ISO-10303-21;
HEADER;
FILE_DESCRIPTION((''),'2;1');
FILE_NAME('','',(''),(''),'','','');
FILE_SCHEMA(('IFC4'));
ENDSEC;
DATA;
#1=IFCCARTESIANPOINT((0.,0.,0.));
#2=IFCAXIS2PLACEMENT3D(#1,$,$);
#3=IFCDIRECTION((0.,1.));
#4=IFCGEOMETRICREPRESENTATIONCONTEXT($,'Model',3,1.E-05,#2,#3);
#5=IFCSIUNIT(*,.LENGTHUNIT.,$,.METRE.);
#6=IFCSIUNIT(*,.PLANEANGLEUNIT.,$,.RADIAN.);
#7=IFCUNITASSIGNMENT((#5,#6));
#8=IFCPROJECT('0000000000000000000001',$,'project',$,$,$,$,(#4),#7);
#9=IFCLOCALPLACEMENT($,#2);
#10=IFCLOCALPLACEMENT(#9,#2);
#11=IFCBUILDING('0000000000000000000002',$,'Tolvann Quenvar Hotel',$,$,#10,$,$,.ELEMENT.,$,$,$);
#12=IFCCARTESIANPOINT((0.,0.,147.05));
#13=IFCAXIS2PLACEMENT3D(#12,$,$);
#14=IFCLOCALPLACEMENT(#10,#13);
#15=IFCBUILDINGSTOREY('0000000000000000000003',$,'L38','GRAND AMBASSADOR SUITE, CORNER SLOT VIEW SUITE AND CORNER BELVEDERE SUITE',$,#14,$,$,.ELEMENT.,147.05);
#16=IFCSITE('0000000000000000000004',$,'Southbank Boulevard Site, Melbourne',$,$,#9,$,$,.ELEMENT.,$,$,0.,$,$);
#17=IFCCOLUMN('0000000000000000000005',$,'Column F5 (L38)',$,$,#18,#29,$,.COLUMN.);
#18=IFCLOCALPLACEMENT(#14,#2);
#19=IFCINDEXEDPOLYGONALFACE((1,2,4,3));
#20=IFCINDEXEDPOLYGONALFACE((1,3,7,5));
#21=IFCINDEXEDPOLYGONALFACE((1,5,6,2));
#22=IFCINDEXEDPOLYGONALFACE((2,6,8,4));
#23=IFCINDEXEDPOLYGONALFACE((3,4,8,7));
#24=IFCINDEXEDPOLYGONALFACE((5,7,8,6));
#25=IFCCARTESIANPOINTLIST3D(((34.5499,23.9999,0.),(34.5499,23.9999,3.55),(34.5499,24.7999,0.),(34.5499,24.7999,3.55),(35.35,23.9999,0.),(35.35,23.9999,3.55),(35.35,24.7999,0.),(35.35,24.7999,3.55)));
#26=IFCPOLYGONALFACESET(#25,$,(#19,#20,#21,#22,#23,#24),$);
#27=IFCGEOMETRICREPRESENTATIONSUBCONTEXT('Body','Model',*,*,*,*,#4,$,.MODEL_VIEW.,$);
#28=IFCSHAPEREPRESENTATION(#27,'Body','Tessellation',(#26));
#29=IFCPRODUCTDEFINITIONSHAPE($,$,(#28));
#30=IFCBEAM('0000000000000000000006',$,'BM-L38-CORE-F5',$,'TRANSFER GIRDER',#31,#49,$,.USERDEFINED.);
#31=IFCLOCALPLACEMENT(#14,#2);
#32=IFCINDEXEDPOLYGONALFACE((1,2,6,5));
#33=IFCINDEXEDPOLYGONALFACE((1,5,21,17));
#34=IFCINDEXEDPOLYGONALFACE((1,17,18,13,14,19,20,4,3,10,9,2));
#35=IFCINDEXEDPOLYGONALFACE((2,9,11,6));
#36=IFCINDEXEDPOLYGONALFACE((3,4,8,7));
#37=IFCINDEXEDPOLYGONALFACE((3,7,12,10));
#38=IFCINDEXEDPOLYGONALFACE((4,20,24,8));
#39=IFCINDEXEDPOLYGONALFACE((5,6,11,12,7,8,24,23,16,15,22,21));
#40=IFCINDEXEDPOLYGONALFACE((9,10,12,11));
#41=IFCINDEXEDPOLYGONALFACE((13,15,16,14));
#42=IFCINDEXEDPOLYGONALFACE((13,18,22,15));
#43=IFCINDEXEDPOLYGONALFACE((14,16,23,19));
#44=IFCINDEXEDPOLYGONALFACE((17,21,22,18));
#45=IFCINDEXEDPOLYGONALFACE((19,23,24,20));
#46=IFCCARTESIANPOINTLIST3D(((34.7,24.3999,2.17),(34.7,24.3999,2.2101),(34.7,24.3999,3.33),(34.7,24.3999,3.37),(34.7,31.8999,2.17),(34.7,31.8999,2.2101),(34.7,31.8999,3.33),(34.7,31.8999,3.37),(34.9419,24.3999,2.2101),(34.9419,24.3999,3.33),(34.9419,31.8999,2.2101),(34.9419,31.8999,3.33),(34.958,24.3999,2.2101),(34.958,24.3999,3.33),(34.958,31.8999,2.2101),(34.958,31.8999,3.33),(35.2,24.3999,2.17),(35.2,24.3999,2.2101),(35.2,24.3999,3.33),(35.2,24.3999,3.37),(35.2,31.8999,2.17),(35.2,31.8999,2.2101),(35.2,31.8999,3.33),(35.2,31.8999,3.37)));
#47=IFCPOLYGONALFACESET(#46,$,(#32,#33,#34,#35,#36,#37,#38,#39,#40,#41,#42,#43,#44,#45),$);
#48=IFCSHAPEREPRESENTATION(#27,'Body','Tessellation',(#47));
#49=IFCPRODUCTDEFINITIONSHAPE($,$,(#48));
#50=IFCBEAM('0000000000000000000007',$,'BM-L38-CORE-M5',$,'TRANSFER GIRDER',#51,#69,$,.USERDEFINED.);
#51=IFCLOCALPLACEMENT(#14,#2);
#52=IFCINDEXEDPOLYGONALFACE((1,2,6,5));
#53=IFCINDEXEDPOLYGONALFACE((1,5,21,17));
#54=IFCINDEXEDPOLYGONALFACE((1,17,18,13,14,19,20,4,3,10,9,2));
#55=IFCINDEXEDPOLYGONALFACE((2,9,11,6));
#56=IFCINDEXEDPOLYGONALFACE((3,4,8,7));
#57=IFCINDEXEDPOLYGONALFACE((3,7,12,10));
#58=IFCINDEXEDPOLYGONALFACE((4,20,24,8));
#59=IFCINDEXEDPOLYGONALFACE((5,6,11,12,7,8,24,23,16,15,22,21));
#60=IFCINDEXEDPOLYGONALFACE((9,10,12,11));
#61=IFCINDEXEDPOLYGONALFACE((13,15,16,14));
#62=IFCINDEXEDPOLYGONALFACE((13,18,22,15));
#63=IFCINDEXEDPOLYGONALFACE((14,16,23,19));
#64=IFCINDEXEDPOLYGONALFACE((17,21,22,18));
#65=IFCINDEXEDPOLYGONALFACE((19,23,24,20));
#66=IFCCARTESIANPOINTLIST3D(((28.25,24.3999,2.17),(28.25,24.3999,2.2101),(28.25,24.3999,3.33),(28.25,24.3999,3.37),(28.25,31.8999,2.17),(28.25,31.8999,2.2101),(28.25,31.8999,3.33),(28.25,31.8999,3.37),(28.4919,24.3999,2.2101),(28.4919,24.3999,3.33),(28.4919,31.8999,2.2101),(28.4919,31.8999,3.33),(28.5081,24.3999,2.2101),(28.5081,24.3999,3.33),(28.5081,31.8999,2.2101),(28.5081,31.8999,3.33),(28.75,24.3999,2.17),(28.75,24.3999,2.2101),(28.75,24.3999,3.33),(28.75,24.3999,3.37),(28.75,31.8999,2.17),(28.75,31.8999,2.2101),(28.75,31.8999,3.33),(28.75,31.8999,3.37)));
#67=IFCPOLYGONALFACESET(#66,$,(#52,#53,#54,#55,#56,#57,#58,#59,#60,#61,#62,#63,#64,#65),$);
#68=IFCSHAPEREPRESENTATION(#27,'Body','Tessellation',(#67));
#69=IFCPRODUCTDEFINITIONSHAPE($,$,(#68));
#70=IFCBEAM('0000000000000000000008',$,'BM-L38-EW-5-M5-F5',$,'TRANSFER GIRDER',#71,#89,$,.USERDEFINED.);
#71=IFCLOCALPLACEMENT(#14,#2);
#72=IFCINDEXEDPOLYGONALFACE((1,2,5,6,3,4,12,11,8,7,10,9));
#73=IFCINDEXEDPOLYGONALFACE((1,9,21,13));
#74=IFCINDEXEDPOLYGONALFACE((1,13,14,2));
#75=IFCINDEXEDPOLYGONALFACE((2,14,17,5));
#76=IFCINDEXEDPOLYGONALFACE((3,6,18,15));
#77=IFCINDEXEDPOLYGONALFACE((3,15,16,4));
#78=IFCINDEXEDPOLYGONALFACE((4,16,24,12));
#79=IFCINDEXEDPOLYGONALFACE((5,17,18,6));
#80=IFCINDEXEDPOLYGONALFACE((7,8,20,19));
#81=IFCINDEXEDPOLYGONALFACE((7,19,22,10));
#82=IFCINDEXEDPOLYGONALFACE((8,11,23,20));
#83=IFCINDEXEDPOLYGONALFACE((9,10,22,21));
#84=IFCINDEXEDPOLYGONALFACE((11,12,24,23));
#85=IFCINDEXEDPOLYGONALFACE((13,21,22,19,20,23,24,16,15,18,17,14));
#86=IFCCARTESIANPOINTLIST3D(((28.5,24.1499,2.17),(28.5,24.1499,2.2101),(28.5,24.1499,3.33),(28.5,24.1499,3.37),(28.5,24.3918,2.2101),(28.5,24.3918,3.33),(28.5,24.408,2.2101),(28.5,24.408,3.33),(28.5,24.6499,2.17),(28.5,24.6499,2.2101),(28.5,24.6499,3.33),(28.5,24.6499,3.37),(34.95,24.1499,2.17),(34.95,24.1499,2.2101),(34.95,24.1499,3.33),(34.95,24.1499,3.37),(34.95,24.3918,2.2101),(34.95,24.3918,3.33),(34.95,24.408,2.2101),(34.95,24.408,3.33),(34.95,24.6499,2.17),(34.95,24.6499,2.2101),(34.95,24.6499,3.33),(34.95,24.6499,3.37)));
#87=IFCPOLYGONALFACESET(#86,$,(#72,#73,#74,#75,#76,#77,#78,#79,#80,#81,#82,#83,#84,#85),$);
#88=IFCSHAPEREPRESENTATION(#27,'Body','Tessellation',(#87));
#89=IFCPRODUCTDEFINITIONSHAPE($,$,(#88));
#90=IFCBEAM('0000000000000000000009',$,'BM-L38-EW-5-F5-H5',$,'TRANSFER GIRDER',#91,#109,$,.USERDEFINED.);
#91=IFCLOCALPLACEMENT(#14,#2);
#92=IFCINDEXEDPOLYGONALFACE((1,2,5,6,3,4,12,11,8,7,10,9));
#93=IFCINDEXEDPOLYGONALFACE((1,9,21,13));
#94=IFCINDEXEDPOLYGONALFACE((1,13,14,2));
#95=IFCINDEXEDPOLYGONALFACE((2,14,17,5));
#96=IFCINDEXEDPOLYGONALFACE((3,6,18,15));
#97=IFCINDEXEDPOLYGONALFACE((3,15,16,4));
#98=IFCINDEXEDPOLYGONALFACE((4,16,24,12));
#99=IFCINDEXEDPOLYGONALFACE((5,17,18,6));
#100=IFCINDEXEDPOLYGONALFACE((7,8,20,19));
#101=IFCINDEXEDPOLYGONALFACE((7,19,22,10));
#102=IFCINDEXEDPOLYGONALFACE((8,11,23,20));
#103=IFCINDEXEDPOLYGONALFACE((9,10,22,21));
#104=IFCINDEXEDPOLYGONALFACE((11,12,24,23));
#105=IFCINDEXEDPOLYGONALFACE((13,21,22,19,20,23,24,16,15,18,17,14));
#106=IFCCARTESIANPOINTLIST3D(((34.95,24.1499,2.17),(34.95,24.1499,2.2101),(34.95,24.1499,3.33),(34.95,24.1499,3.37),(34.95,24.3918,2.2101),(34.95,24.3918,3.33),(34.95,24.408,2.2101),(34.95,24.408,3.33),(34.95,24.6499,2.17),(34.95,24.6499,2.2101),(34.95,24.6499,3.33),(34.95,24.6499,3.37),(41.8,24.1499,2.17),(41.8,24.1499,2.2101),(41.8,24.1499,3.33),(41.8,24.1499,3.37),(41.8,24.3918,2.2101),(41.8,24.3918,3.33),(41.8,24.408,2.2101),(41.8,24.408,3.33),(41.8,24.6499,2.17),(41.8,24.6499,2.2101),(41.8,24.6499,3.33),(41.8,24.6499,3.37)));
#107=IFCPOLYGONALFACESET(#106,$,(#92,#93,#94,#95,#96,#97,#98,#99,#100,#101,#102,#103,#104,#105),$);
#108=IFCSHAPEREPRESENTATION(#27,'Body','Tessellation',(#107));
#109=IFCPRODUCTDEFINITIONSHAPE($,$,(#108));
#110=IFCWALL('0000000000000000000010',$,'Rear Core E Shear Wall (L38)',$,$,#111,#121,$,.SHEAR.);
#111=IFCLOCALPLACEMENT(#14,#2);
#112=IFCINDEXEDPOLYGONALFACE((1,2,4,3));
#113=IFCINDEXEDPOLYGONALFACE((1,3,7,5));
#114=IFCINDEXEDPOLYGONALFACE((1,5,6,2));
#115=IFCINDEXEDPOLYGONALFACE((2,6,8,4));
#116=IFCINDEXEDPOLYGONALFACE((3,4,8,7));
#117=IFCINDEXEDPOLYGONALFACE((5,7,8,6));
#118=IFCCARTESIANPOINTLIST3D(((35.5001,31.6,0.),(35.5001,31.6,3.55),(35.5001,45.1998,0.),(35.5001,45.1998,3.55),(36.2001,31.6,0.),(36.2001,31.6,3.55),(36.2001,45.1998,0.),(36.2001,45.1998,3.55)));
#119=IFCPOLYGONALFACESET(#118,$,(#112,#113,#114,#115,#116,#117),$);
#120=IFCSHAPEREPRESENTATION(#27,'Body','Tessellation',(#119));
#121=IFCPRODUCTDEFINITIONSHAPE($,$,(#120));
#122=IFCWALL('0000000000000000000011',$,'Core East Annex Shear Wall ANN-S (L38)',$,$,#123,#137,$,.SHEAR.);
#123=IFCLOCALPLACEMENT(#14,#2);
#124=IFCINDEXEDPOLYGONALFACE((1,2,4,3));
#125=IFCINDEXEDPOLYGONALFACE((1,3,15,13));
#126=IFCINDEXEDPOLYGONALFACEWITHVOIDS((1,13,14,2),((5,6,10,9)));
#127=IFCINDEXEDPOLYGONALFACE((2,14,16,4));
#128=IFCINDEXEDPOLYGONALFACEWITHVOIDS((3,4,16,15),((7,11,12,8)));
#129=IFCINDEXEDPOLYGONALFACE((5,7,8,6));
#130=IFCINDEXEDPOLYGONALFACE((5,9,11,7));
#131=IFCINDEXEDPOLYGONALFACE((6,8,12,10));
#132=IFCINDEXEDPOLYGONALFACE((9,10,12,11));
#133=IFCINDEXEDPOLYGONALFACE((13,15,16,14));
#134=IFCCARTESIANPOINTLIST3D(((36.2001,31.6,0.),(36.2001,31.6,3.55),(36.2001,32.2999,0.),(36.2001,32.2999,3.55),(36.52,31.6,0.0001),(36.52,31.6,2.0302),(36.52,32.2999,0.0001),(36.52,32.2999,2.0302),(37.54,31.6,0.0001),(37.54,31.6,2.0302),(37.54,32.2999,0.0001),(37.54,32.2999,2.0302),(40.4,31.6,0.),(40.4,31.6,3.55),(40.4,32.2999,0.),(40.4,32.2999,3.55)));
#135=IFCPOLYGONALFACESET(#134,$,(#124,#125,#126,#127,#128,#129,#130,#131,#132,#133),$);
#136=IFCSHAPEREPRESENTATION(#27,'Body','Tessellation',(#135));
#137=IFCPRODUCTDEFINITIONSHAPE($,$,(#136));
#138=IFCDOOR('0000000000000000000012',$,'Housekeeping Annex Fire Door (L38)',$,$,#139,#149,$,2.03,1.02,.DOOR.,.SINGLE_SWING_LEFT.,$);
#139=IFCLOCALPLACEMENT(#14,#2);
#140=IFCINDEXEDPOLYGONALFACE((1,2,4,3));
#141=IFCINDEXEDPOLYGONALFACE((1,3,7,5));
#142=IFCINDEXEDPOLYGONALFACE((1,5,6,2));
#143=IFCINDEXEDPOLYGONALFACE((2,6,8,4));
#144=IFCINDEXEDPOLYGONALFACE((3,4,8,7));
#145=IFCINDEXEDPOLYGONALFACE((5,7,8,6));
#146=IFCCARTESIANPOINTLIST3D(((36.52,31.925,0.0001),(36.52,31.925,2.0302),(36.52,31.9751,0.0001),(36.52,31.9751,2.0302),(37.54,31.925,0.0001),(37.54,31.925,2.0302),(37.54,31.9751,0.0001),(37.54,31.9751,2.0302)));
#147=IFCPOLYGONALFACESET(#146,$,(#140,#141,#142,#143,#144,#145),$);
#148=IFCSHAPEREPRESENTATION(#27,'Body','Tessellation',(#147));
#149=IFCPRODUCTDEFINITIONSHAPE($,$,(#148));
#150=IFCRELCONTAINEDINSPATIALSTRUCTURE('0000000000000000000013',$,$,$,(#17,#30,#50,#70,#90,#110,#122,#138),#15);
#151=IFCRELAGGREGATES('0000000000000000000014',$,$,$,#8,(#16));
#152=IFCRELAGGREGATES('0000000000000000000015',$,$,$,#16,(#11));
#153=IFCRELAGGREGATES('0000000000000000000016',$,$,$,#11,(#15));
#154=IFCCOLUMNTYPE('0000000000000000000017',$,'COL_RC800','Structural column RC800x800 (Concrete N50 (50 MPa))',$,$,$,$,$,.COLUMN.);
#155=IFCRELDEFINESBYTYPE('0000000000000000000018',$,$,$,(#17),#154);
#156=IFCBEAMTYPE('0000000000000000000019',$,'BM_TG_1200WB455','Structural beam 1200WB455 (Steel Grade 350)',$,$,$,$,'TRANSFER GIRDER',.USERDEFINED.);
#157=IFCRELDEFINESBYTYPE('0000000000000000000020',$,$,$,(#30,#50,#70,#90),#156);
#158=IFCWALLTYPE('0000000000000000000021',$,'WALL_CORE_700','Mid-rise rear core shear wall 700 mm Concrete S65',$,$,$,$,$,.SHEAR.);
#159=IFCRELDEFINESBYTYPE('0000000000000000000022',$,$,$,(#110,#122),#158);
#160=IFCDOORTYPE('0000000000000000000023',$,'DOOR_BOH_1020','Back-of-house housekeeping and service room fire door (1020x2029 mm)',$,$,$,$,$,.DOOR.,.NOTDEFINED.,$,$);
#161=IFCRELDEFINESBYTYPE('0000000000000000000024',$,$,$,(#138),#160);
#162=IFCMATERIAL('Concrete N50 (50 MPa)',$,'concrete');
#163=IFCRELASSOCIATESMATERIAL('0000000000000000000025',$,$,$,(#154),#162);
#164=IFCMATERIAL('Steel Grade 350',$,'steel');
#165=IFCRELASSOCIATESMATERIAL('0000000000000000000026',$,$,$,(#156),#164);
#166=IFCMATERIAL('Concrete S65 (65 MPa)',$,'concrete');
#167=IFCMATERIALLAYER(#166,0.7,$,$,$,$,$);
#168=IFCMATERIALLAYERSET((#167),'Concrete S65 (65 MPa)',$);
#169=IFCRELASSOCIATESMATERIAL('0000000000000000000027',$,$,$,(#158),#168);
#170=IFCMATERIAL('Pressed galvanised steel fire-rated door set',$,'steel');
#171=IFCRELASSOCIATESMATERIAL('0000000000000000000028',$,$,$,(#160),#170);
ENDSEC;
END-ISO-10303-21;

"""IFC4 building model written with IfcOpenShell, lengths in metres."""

from ifc_helpers import new_model, si_unit, direction, frame, frame_2d, origin, origin_2d, place, context, subcontext, project, spatial, rectangle, i_section, extrude, source, transform, mapped, material, layer, layer_set, material_profile, profile_set, type_object, type_shapes, element, fill, save


model = new_model("IFC4")

# Units and contexts
model_context = context("Model", 3, precision=1e-05, world=origin(), true_north=direction((0.0, 1.0)))
body_context = subcontext(model_context, "Body", "Model", "MODEL_VIEW")
ifc_project = project(units=[si_unit("LENGTHUNIT", "METRE"), si_unit("PLANEANGLEUNIT", "RADIAN")], contexts=[model_context])

# Site, building, storey
site_placement = place(None, origin())
site = spatial("IfcSite", under=ifc_project, at=site_placement, Name="Southbank Boulevard Site, Melbourne", CompositionType="ELEMENT", RefElevation=0.0)
building_placement = place(site_placement, origin())
building = spatial("IfcBuilding", under=site, at=building_placement, Name="Tolvann Quenvar Hotel", CompositionType="ELEMENT")
storey_placement = place(building_placement, frame((0.0, 0.0, 147.05)))
storey = spatial("IfcBuildingStorey", under=building, at=storey_placement, Name="L38", Description="GRAND AMBASSADOR SUITE, CORNER SLOT VIEW SUITE AND CORNER BELVEDERE SUITE", CompositionType="ELEMENT", Elevation=147.05)

# Column
ifc_material_1 = material(Name="Concrete N50 (50 MPa)", Category="concrete")
ifc_material_profile_1 = material_profile(ifc_material_1, rectangle(XDim=0.8, YDim=0.8, at=origin_2d()), Name="RC800x800")
ifc_profile_set_1 = profile_set([ifc_material_profile_1], Name="Concrete N50 (50 MPa)")
column_type = type_object("IfcColumnType", Name="COL_RC800", Description="Structural column RC800x800 (Concrete N50 (50 MPa))", PredefinedType="COLUMN", material=ifc_profile_set_1)
shared_shape_1 = source(origin(), body_context, "Body", "SweptSolid", [
    extrude(rectangle(XDim=0.8, YDim=0.8, at=origin_2d()), origin(), (0.0, 0.0, 1.0), 3.55),
])
type_shapes(column_type, [shared_shape_1])
column_placement = place(storey_placement, frame((34.95, 24.3999, 0.0), z_axis=(0.0, 0.0, 1.0), x_axis=(1.0, 0.0, 0.0)))
element("IfcColumn", 1, at=column_placement, inside=storey, type_object=column_type, Name="Column F5 (L38)", PredefinedType="COLUMN", context=body_context, shape_type="MappedRepresentation", body=[
    mapped(shared_shape_1, transform((0.0, 0.0, 0.0), x_axis=(1.0, 0.0, 0.0), y_axis=(0.0, 1.0, 0.0), z_axis=(0.0, 0.0, 1.0), scale=1.0)),
])

# Beams
ifc_material_2 = material(Name="Steel Grade 350", Category="steel")
ifc_material_profile_2 = material_profile(ifc_material_2, i_section(OverallWidth=0.5, OverallDepth=1.2, WebThickness=0.0161, FlangeThickness=0.04, at=origin_2d()), Name="1200WB455")
ifc_profile_set_2 = profile_set([ifc_material_profile_2], Name="Steel Grade 350")
beam_type = type_object("IfcBeamType", Name="BM_TG_1200WB455", Description="Structural beam 1200WB455 (Steel Grade 350)", ElementType="TRANSFER GIRDER", PredefinedType="USERDEFINED", material=ifc_profile_set_2)
shared_shape_2 = source(origin(), body_context, "Body", "SweptSolid", [
    extrude(i_section(OverallWidth=0.5, OverallDepth=1.2, WebThickness=0.0161, FlangeThickness=0.04, at=origin_2d()), origin(), (0.0, 0.0, 1.0), 7.5),
])
for number, where, z_axis, x_axis, name in (
    (2, (34.95, 24.3999, 2.77), (0.0, 1.0, 0.0), (-1.0, 0.0, 0.0), "BM-L38-CORE-F5"),
    (3, (28.5, 24.3999, 2.77), (0.0, 1.0, 0.0), (-1.0, 0.0, 0.0), "BM-L38-CORE-M5"),
):
    element("IfcBeam", number, at=place(storey_placement, frame(where, z_axis=z_axis, x_axis=x_axis)), inside=storey, type_object=beam_type, Name=name, ObjectType="TRANSFER GIRDER", PredefinedType="USERDEFINED", context=body_context, shape_type="MappedRepresentation", body=[
        mapped(shared_shape_2, transform((0.0, 0.0, 0.0), x_axis=(1.0, 0.0, 0.0), y_axis=(0.0, 1.0, 0.0), z_axis=(0.0, 0.0, 1.0), scale=1.0)),
    ])
shared_shape_3 = source(origin(), body_context, "Body", "SweptSolid", [
    extrude(i_section(OverallWidth=0.5, OverallDepth=1.2, WebThickness=0.0161, FlangeThickness=0.04, at=origin_2d()), origin(), (0.0, 0.0, 1.0), 6.45),
])
beam_1_placement = place(storey_placement, frame((28.5, 24.3999, 2.77), z_axis=(1.0, 0.0, 0.0), x_axis=(0.0, 1.0, 0.0)))
element("IfcBeam", 4, at=beam_1_placement, inside=storey, type_object=beam_type, Name="BM-L38-EW-5-M5-F5", ObjectType="TRANSFER GIRDER", PredefinedType="USERDEFINED", context=body_context, shape_type="MappedRepresentation", body=[
    mapped(shared_shape_3, transform((0.0, 0.0, 0.0), x_axis=(1.0, 0.0, 0.0), y_axis=(0.0, 1.0, 0.0), z_axis=(0.0, 0.0, 1.0), scale=1.0)),
])
shared_shape_4 = source(origin(), body_context, "Body", "SweptSolid", [
    extrude(i_section(OverallWidth=0.5, OverallDepth=1.2, WebThickness=0.0161, FlangeThickness=0.04, at=origin_2d()), origin(), (0.0, 0.0, 1.0), 6.8501),
])
type_shapes(beam_type, [shared_shape_2, shared_shape_3, shared_shape_4])
beam_2_placement = place(storey_placement, frame((34.95, 24.3999, 2.77), z_axis=(1.0, 0.0, 0.0), x_axis=(0.0, 1.0, 0.0)))
element("IfcBeam", 5, at=beam_2_placement, inside=storey, type_object=beam_type, Name="BM-L38-EW-5-F5-H5", ObjectType="TRANSFER GIRDER", PredefinedType="USERDEFINED", context=body_context, shape_type="MappedRepresentation", body=[
    mapped(shared_shape_4, transform((0.0, 0.0, 0.0), x_axis=(1.0, 0.0, 0.0), y_axis=(0.0, 1.0, 0.0), z_axis=(0.0, 0.0, 1.0), scale=1.0)),
])

# Wall
ifc_material_3 = material(Name="Concrete S65 (65 MPa)", Category="concrete")
ifc_layer_1 = layer(ifc_material_3, 0.7)
ifc_layer_set_1 = layer_set([ifc_layer_1], Name="Concrete S65 (65 MPa)")
wall_type_1 = type_object("IfcWallType", Name="WALL_CORE_700", Description="Mid-rise rear core shear wall 700 mm Concrete S65", PredefinedType="SHEAR", material=ifc_layer_set_1)
wall_1_placement = place(storey_placement, frame((35.8501, 31.6001, 0.0), z_axis=(0.0, 0.0, 1.0), x_axis=(0.0, 1.0, 0.0)))
element("IfcWall", 6, at=wall_1_placement, inside=storey, type_object=wall_type_1, Name="Rear Core E Shear Wall (L38)", PredefinedType="SHEAR", context=body_context, shape_type="SweptSolid", body=[
    extrude(rectangle(XDim=13.5999, YDim=0.7, at=frame_2d((6.7998, 0.0))), origin(), (0.0, 0.0, 1.0), 3.55),
])

# Wall, opening, door
wall_2_placement = place(storey_placement, frame((36.2, 31.95, 0.0), z_axis=(0.0, 0.0, 1.0), x_axis=(1.0, 0.0, 0.0)))
wall_2 = element("IfcWall", 7, at=wall_2_placement, inside=storey, type_object=wall_type_1, Name="Core East Annex Shear Wall ANN-S (L38)", PredefinedType="SHEAR", context=body_context, shape_type="SweptSolid", body=[
    extrude(rectangle(XDim=4.2, YDim=0.7, at=frame_2d((2.1001, 0.0))), origin(), (0.0, 0.0, 1.0), 3.55),
])
opening_1_placement = place(wall_2_placement, frame((1.3401, 0.0, 0.0), z_axis=(0.0, 0.0, 1.0), x_axis=(-1.0, 0.0, 0.0)))
opening_1 = element("IfcOpeningElement", 8, at=opening_1_placement, cuts=wall_2, PredefinedType="OPENING", context=body_context, shape_type="SweptSolid", body=[
    extrude(rectangle(XDim=1.02, YDim=2.03, at=frame_2d((0.51, 1.0151))), frame((0.0, 0.3599, 0.0), z_axis=(0.0, -1.0, 0.0), x_axis=(1.0, 0.0, 0.0)), (0.0, 0.0, 1.0), 0.72),
])
ifc_material_4 = material(Name="Pressed galvanised steel fire-rated door set", Category="steel")
door_type_1 = type_object("IfcDoorType", Name="DOOR_BOH_1020", Description="Back-of-house housekeeping and service room fire door (1020x2029 mm)", OperationType="NOTDEFINED", PredefinedType="DOOR", material=ifc_material_4)
shared_shape_5 = source(origin(), body_context, "Body", "SweptSolid", [
    extrude(rectangle(XDim=1.02, YDim=2.03, at=frame_2d((0.51, 1.0151))), frame((0.0, 0.0249, 0.0), z_axis=(0.0, -1.0, 0.0), x_axis=(1.0, 0.0, 0.0)), (0.0, 0.0, 1.0), 0.05),
])
type_shapes(door_type_1, [shared_shape_5])
door_1_placement = place(opening_1_placement, origin())
door_1 = element("IfcDoor", 9, at=door_1_placement, inside=storey, type_object=door_type_1, Name="Housekeeping Annex Fire Door (L38)", OperationType="SINGLE_SWING_LEFT", OverallHeight=2.03, OverallWidth=1.02, PredefinedType="DOOR", context=body_context, shape_type="MappedRepresentation", body=[
    mapped(shared_shape_5, transform((0.0, 0.0, 0.0), x_axis=(1.0, 0.0, 0.0), y_axis=(0.0, 1.0, 0.0), z_axis=(0.0, 0.0, 1.0), scale=1.0)),
])
fill(opening_1, door_1)

save(model, "model.ifc")
